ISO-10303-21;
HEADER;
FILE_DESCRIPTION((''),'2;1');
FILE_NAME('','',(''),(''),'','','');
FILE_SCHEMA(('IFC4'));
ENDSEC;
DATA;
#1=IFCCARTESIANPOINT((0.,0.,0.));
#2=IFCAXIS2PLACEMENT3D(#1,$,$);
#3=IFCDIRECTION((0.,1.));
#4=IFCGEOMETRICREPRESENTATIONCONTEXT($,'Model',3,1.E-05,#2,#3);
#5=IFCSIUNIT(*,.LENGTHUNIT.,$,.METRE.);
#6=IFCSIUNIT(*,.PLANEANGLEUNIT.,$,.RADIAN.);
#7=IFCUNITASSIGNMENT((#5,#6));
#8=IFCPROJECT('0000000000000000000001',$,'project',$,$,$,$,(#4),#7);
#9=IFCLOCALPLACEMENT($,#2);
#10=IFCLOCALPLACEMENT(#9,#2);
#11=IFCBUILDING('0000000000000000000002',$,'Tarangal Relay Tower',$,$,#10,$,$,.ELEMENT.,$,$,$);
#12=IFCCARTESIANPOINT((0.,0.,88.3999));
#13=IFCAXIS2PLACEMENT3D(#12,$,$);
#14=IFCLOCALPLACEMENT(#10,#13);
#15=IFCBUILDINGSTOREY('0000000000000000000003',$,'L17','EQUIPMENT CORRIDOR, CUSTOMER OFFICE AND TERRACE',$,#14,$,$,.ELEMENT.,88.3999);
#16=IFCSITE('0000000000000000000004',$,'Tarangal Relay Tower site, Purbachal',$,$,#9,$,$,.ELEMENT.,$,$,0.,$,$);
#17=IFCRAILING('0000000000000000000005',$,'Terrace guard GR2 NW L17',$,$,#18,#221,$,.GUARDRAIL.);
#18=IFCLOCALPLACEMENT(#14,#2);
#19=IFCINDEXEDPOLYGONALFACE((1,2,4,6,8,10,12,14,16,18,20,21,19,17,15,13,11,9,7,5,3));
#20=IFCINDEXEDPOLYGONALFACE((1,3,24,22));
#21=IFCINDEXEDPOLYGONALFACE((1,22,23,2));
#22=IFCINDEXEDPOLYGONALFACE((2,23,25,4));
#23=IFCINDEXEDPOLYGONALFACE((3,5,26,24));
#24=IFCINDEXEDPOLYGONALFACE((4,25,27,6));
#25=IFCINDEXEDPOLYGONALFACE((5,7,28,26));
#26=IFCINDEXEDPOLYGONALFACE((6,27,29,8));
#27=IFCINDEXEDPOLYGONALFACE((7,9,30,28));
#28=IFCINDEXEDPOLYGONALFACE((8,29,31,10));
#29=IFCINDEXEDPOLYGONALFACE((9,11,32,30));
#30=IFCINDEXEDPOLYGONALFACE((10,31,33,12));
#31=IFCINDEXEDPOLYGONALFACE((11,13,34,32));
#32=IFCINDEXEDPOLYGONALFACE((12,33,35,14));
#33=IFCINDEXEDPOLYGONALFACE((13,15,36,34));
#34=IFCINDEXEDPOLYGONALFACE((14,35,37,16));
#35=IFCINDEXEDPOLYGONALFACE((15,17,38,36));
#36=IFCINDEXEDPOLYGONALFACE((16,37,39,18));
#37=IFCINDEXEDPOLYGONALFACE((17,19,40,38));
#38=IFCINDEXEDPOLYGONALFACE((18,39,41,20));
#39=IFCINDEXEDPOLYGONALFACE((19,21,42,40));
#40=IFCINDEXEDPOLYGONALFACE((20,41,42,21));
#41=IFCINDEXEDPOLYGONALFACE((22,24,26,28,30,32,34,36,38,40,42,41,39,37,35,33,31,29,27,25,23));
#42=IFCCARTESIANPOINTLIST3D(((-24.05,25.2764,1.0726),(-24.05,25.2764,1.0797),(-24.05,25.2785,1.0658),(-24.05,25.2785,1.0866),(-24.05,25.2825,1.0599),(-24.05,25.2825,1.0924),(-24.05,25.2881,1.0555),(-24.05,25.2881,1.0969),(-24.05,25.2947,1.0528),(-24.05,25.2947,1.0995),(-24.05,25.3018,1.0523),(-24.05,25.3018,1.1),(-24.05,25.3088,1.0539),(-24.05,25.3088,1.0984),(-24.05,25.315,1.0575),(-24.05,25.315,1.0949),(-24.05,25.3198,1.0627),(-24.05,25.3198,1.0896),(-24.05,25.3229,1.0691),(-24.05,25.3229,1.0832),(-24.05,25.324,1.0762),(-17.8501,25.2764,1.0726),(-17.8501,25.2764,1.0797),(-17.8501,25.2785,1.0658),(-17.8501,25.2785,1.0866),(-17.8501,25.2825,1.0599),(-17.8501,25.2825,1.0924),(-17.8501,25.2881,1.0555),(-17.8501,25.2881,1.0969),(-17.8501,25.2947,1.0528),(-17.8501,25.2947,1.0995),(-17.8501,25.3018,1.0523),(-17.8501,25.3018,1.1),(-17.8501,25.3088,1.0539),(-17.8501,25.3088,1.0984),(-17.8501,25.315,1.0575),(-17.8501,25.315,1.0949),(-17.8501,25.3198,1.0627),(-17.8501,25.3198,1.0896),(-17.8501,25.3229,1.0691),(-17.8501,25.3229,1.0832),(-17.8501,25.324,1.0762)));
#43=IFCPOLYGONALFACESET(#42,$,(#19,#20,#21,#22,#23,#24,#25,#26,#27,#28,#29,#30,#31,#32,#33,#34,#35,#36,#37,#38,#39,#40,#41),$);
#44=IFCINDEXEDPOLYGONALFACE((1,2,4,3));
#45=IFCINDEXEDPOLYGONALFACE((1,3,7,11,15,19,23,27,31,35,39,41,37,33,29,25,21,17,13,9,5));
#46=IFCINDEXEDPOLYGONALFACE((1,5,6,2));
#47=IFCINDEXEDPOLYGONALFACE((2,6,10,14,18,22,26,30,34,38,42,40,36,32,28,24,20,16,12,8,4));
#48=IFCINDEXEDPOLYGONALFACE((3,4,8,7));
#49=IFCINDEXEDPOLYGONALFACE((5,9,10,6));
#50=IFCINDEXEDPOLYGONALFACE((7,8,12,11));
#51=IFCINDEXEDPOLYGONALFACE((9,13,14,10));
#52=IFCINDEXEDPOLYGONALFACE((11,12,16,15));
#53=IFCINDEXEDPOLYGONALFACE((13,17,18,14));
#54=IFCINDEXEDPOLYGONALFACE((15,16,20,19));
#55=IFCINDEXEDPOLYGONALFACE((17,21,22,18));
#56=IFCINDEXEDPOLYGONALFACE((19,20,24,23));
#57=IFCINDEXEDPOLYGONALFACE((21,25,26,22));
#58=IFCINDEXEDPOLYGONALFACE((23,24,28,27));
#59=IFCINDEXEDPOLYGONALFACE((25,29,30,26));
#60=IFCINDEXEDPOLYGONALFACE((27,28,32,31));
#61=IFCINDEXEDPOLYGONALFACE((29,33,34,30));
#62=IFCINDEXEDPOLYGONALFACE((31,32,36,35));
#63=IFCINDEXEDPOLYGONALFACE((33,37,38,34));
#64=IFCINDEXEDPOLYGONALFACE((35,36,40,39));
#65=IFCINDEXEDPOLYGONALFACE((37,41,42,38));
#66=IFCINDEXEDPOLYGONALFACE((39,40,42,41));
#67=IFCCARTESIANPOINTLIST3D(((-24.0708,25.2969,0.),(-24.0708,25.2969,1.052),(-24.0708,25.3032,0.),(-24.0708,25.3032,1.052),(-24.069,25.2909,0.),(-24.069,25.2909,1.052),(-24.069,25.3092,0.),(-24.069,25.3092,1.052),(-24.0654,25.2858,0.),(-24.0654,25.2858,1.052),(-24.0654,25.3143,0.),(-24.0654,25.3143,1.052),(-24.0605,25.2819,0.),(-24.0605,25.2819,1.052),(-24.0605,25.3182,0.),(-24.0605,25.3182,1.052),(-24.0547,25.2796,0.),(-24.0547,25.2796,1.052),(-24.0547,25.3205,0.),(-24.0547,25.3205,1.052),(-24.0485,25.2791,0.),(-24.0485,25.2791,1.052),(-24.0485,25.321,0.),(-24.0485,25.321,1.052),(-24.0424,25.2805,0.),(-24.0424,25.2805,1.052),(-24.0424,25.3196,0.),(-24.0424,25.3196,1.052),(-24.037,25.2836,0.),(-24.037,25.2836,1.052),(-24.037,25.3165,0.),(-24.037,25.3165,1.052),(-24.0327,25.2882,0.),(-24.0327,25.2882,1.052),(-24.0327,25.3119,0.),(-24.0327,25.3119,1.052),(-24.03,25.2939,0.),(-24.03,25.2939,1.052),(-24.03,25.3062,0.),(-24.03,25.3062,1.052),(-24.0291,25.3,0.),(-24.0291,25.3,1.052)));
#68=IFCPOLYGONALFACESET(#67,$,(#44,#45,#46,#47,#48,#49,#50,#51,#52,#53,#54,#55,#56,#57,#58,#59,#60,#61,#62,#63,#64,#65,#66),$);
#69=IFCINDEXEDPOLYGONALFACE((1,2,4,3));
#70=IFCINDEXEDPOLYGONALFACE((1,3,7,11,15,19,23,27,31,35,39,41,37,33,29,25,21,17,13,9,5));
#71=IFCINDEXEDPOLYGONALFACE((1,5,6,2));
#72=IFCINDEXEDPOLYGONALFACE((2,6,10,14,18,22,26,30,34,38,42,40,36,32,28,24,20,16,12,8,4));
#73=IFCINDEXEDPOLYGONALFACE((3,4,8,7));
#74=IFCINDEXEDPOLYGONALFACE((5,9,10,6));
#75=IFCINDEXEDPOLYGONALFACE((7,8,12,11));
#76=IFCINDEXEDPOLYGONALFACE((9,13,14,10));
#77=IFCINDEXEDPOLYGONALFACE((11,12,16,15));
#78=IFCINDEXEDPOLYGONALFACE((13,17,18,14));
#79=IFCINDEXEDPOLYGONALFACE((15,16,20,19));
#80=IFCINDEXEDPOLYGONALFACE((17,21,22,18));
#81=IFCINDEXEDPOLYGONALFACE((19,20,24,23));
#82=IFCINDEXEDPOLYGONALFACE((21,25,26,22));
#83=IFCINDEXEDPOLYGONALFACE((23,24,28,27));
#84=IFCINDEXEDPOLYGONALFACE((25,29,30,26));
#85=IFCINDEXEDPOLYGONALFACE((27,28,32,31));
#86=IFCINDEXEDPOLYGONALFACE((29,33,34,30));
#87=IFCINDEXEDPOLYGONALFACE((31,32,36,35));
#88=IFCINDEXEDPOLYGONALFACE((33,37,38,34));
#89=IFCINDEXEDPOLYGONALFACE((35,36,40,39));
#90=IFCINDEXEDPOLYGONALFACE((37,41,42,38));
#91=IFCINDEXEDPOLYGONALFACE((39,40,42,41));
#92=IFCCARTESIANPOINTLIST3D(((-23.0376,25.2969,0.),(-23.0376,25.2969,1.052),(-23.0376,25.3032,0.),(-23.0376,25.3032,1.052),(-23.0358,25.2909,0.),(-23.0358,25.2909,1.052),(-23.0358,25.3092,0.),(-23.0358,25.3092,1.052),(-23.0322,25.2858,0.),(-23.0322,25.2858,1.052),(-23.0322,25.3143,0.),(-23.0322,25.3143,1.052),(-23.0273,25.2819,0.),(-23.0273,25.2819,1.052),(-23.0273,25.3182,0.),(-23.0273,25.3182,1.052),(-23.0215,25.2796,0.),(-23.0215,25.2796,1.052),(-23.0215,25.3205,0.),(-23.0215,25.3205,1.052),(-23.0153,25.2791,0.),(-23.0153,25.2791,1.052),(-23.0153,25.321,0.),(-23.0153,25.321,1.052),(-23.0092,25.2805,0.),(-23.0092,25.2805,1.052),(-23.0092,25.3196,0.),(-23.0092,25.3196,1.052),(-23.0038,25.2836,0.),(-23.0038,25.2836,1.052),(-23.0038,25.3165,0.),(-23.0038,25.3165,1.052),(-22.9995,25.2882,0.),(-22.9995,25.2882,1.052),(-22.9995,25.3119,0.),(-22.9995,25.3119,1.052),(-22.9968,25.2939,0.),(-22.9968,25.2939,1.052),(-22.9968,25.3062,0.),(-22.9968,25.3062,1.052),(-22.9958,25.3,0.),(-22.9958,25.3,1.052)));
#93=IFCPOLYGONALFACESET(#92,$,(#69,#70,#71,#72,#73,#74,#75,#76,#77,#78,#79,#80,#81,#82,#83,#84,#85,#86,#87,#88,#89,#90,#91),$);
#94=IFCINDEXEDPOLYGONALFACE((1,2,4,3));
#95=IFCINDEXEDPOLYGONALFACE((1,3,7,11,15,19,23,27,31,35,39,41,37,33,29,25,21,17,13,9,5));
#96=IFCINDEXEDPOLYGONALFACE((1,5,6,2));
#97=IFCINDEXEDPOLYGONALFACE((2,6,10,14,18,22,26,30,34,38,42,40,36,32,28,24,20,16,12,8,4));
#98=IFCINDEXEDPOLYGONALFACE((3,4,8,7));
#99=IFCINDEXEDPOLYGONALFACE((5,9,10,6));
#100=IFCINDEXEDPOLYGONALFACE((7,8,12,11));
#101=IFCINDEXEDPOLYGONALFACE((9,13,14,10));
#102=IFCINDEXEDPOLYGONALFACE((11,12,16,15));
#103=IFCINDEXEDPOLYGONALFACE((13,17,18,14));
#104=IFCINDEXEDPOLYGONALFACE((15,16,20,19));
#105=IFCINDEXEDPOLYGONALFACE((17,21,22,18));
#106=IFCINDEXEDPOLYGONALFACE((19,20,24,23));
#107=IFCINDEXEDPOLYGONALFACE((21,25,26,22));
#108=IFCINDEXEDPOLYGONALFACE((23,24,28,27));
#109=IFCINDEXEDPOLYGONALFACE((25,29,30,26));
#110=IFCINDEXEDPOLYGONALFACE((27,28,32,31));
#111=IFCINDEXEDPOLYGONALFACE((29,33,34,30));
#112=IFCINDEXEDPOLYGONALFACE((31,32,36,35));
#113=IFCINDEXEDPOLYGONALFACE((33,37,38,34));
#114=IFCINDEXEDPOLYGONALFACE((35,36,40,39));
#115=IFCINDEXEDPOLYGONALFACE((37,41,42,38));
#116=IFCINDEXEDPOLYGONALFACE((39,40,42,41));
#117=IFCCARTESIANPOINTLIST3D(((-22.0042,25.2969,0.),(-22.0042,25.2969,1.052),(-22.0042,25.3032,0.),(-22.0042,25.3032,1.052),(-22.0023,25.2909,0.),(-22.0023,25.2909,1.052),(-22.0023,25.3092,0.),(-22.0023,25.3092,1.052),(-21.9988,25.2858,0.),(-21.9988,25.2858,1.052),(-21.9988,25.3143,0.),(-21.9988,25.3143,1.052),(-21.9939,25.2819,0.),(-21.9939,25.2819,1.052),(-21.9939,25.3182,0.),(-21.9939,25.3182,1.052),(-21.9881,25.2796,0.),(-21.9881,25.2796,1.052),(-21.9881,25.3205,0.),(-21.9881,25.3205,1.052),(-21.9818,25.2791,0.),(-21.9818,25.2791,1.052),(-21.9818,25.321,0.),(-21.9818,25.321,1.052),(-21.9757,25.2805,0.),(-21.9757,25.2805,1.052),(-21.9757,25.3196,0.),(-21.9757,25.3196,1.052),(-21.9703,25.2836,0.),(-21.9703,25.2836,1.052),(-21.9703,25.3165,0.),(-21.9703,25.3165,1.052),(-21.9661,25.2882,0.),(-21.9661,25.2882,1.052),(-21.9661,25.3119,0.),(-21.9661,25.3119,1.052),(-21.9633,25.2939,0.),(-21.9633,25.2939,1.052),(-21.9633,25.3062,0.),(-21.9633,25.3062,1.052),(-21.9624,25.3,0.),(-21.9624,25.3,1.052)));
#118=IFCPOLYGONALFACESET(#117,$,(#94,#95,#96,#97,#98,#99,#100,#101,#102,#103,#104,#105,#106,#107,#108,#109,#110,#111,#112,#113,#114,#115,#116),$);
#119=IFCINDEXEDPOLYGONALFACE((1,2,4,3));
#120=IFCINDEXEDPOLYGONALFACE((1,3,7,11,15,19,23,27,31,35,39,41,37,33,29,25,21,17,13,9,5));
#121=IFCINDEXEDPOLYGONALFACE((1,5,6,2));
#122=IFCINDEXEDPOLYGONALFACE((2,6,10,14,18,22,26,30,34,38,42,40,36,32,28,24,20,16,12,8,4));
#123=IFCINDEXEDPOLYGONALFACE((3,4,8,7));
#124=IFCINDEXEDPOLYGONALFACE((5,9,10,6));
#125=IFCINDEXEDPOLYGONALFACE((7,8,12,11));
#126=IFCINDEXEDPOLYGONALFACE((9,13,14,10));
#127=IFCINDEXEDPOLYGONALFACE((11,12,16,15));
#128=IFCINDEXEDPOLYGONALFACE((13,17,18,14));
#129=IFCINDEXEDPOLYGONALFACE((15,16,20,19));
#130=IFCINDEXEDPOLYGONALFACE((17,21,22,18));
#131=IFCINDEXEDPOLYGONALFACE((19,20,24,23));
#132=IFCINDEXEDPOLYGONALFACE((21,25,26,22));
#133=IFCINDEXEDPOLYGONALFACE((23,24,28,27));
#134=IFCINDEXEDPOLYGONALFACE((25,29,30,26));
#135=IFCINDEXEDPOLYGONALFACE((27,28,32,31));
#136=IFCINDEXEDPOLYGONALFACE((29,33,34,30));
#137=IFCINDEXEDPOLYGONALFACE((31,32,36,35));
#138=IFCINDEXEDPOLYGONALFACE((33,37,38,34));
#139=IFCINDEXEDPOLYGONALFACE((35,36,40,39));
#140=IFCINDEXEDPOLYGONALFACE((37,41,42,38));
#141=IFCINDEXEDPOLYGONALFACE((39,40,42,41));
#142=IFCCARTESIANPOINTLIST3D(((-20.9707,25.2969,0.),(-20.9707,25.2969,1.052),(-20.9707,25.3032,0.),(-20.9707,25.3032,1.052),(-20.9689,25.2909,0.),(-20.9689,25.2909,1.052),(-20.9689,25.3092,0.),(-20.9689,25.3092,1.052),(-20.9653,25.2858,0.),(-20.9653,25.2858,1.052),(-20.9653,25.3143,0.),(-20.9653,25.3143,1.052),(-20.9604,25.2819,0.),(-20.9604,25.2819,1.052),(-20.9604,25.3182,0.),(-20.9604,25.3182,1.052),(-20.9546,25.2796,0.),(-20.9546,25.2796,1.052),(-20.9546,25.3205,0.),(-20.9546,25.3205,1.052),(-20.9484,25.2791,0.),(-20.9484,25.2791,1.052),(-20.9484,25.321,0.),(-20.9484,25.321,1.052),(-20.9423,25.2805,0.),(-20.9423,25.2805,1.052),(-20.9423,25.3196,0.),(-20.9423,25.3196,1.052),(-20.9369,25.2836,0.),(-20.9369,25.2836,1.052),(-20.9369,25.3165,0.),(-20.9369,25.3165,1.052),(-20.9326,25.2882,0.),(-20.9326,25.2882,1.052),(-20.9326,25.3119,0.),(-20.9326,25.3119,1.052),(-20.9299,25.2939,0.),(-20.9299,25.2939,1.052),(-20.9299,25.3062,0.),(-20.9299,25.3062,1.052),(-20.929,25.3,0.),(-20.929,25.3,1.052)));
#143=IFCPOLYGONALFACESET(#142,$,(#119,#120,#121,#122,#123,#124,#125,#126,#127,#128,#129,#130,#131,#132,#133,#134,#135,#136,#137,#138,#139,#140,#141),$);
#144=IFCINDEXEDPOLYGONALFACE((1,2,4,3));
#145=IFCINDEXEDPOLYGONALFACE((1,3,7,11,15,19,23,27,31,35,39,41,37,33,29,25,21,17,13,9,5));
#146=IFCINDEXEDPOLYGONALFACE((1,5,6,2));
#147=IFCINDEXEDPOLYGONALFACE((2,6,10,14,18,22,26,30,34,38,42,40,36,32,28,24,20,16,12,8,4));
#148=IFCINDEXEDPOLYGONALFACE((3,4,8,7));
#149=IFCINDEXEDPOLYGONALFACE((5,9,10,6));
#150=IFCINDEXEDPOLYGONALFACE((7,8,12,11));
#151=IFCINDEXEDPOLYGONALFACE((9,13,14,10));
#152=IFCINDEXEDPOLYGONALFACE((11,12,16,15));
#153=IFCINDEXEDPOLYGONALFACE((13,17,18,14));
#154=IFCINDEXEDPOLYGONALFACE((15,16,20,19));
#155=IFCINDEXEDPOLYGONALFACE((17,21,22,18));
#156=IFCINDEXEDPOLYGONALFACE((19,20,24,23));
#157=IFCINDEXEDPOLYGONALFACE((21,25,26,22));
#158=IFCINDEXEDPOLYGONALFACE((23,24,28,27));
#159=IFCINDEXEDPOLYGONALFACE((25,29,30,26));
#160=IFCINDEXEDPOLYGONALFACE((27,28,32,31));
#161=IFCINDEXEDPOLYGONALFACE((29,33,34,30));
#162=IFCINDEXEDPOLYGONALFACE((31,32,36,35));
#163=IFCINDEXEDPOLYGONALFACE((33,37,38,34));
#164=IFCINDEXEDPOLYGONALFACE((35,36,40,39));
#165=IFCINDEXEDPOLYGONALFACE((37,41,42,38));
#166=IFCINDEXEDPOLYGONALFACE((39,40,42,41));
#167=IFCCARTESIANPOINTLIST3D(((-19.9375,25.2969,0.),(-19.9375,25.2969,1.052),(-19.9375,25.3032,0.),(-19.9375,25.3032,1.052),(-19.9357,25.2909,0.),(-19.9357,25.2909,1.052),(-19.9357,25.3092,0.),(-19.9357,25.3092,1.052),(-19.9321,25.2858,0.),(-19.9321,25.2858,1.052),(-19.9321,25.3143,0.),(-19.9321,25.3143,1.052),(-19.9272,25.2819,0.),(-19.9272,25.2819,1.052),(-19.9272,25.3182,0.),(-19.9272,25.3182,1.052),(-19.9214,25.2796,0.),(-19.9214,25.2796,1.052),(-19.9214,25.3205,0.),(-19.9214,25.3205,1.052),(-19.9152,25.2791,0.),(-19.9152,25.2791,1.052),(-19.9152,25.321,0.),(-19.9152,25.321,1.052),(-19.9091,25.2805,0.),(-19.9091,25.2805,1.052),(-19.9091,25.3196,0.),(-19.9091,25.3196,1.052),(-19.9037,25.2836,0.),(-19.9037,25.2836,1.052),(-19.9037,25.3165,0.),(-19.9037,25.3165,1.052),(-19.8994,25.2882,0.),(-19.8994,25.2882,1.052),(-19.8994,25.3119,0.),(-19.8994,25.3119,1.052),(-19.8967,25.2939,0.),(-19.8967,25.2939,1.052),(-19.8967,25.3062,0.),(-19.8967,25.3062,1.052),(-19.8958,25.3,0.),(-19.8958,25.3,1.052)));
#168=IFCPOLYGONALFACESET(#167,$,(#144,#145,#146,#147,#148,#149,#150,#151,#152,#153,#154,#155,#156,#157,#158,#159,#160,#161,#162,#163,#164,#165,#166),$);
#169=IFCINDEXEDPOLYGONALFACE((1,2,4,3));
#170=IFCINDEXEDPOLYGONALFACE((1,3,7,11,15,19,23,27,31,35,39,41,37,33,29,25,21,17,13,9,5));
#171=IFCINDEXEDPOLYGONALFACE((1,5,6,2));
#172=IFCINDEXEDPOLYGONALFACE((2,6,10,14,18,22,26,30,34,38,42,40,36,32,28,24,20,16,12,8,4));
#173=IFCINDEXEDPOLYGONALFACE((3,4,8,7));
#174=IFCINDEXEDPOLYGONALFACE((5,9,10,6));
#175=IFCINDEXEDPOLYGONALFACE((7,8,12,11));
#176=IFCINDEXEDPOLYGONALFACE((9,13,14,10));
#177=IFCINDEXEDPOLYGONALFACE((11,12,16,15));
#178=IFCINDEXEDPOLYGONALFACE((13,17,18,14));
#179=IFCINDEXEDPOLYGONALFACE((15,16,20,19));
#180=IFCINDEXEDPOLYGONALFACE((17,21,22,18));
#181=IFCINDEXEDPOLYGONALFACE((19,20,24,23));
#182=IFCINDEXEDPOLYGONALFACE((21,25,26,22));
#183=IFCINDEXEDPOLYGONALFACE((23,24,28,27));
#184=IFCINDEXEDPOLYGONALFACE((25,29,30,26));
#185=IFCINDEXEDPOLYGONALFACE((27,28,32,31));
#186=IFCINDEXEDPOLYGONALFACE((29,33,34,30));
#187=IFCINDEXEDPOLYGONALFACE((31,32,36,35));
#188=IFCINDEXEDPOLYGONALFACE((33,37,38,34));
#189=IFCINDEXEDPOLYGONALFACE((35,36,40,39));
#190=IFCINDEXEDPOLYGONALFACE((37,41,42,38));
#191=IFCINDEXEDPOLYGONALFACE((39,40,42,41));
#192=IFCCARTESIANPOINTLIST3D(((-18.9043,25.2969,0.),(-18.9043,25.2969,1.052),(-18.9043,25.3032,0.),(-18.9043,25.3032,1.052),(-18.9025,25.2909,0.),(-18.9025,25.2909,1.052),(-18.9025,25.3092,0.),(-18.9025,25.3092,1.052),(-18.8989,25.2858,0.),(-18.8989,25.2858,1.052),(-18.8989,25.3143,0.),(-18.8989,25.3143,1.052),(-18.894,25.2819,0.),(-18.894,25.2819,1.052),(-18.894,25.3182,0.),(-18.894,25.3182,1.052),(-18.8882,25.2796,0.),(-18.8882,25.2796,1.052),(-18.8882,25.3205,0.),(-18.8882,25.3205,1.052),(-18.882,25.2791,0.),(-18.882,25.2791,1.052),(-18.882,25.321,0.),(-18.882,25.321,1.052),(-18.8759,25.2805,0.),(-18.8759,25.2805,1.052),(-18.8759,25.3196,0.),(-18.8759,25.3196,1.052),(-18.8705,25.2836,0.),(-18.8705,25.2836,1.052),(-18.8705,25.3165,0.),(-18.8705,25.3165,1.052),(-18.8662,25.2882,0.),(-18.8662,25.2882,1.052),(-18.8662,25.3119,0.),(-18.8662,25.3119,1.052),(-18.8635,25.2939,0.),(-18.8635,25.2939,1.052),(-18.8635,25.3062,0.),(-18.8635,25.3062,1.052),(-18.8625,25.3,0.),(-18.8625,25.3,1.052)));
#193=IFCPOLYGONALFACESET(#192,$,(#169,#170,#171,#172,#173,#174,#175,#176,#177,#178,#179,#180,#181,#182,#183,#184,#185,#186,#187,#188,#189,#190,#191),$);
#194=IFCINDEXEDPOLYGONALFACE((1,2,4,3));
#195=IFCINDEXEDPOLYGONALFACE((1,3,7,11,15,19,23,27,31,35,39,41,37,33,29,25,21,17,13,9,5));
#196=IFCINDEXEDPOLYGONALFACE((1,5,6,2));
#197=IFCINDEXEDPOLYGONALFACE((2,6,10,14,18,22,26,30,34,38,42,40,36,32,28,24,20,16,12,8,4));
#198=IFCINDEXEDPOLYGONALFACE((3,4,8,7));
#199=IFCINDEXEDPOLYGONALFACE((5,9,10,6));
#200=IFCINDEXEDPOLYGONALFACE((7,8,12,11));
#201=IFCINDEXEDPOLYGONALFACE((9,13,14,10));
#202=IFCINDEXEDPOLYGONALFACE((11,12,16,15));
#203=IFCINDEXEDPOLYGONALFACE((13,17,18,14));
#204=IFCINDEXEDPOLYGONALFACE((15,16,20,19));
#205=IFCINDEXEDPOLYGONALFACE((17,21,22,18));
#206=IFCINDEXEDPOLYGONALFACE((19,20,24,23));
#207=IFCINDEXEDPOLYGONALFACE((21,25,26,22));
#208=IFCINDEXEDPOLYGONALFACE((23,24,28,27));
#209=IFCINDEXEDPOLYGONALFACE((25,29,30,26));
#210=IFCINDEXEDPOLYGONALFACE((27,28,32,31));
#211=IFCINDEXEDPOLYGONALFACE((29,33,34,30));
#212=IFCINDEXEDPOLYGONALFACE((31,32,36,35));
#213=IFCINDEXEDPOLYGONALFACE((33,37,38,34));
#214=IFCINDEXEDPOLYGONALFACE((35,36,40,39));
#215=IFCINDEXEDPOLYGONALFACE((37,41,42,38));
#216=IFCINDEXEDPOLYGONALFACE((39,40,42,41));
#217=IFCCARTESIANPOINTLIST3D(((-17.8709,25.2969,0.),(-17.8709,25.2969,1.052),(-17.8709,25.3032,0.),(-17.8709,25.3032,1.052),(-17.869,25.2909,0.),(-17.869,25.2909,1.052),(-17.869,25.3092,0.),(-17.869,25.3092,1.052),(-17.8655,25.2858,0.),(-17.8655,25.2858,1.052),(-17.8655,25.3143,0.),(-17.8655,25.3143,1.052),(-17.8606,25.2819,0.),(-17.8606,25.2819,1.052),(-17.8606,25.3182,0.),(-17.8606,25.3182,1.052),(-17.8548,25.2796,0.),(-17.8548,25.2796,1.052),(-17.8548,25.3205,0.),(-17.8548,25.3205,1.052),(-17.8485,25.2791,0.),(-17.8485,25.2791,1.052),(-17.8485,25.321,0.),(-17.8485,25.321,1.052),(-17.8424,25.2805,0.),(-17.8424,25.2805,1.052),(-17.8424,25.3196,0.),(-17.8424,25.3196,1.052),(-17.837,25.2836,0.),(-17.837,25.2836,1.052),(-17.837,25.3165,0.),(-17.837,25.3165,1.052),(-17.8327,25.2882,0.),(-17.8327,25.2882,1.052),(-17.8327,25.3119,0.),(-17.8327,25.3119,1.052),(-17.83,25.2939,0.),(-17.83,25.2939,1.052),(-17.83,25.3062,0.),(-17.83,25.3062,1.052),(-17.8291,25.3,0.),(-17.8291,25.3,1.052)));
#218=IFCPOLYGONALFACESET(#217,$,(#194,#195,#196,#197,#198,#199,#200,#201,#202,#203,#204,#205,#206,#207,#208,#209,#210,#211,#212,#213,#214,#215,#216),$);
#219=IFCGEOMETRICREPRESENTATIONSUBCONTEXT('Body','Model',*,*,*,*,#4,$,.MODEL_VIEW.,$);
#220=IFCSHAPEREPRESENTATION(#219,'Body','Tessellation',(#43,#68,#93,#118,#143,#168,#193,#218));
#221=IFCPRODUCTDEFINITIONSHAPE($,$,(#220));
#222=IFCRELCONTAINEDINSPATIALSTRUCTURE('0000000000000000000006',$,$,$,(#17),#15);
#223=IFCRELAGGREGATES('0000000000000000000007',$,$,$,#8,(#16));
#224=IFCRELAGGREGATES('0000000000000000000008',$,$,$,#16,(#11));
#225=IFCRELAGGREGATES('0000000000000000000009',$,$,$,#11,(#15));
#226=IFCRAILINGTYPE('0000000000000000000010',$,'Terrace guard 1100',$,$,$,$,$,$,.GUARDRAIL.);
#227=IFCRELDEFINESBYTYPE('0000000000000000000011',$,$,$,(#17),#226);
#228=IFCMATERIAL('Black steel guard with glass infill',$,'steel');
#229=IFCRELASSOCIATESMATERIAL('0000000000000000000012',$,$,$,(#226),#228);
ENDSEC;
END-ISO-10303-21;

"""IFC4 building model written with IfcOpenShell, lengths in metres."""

from ifc_helpers import new_model, si_unit, direction, frame, origin, origin_2d, place, context, subcontext, project, spatial, circle, extrude, material, type_object, element, save


model = new_model("IFC4")

# Units and contexts
model_context = context("Model", 3, precision=1e-05, world=origin(), true_north=direction((0.0, 1.0)))
body_context = subcontext(model_context, "Body", "Model", "MODEL_VIEW")
ifc_project = project(units=[si_unit("LENGTHUNIT", "METRE"), si_unit("PLANEANGLEUNIT", "RADIAN")], contexts=[model_context])

# Site, building, storey
site_placement = place(None, origin())
site = spatial("IfcSite", under=ifc_project, at=site_placement, Name="Tarangal Relay Tower site, Purbachal", CompositionType="ELEMENT", RefElevation=0.0)
building_placement = place(site_placement, origin())
building = spatial("IfcBuilding", under=site, at=building_placement, Name="Tarangal Relay Tower", CompositionType="ELEMENT")
storey_placement = place(building_placement, frame((0.0, 0.0, 88.3999)))
storey = spatial("IfcBuildingStorey", under=building, at=storey_placement, Name="L17", Description="EQUIPMENT CORRIDOR, CUSTOMER OFFICE AND TERRACE", CompositionType="ELEMENT", Elevation=88.3999)

# Railing
ifc_material_1 = material(Name="Black steel guard with glass infill", Category="steel")
railing_type = type_object("IfcRailingType", Name="Terrace guard 1100", PredefinedType="GUARDRAIL", material=ifc_material_1)
railing_1_placement = place(storey_placement, frame((-24.05, 25.3, 0.0)))
element("IfcRailing", 1, at=railing_1_placement, inside=storey, type_object=railing_type, Name="Terrace guard GR2 NW L17", PredefinedType="GUARDRAIL", context=body_context, shape_type="SweptSolid", body=[
    extrude(circle(Radius=0.0239, at=origin_2d()), frame((0.0, 0.0, 1.0762), z_axis=(1.0, 0.0, 0.0), x_axis=(0.0, 1.0, 0.0)), (0.0, 0.0, 1.0), 6.2),
    extrude(circle(Radius=0.021, at=origin_2d()), origin(), (0.0, 0.0, 1.0), 1.052),
    extrude(circle(Radius=0.021, at=origin_2d()), frame((1.0332, 0.0, 0.0)), (0.0, 0.0, 1.0), 1.052),
    extrude(circle(Radius=0.021, at=origin_2d()), frame((2.0667, 0.0, 0.0)), (0.0, 0.0, 1.0), 1.052),
    extrude(circle(Radius=0.021, at=origin_2d()), frame((3.1001, 0.0, 0.0)), (0.0, 0.0, 1.0), 1.052),
    extrude(circle(Radius=0.021, at=origin_2d()), frame((4.1333, 0.0, 0.0)), (0.0, 0.0, 1.0), 1.052),
    extrude(circle(Radius=0.021, at=origin_2d()), frame((5.1665, 0.0, 0.0)), (0.0, 0.0, 1.0), 1.052),
    extrude(circle(Radius=0.021, at=origin_2d()), frame((6.2, 0.0, 0.0)), (0.0, 0.0, 1.0), 1.052),
])

save(model, "model.ifc")
